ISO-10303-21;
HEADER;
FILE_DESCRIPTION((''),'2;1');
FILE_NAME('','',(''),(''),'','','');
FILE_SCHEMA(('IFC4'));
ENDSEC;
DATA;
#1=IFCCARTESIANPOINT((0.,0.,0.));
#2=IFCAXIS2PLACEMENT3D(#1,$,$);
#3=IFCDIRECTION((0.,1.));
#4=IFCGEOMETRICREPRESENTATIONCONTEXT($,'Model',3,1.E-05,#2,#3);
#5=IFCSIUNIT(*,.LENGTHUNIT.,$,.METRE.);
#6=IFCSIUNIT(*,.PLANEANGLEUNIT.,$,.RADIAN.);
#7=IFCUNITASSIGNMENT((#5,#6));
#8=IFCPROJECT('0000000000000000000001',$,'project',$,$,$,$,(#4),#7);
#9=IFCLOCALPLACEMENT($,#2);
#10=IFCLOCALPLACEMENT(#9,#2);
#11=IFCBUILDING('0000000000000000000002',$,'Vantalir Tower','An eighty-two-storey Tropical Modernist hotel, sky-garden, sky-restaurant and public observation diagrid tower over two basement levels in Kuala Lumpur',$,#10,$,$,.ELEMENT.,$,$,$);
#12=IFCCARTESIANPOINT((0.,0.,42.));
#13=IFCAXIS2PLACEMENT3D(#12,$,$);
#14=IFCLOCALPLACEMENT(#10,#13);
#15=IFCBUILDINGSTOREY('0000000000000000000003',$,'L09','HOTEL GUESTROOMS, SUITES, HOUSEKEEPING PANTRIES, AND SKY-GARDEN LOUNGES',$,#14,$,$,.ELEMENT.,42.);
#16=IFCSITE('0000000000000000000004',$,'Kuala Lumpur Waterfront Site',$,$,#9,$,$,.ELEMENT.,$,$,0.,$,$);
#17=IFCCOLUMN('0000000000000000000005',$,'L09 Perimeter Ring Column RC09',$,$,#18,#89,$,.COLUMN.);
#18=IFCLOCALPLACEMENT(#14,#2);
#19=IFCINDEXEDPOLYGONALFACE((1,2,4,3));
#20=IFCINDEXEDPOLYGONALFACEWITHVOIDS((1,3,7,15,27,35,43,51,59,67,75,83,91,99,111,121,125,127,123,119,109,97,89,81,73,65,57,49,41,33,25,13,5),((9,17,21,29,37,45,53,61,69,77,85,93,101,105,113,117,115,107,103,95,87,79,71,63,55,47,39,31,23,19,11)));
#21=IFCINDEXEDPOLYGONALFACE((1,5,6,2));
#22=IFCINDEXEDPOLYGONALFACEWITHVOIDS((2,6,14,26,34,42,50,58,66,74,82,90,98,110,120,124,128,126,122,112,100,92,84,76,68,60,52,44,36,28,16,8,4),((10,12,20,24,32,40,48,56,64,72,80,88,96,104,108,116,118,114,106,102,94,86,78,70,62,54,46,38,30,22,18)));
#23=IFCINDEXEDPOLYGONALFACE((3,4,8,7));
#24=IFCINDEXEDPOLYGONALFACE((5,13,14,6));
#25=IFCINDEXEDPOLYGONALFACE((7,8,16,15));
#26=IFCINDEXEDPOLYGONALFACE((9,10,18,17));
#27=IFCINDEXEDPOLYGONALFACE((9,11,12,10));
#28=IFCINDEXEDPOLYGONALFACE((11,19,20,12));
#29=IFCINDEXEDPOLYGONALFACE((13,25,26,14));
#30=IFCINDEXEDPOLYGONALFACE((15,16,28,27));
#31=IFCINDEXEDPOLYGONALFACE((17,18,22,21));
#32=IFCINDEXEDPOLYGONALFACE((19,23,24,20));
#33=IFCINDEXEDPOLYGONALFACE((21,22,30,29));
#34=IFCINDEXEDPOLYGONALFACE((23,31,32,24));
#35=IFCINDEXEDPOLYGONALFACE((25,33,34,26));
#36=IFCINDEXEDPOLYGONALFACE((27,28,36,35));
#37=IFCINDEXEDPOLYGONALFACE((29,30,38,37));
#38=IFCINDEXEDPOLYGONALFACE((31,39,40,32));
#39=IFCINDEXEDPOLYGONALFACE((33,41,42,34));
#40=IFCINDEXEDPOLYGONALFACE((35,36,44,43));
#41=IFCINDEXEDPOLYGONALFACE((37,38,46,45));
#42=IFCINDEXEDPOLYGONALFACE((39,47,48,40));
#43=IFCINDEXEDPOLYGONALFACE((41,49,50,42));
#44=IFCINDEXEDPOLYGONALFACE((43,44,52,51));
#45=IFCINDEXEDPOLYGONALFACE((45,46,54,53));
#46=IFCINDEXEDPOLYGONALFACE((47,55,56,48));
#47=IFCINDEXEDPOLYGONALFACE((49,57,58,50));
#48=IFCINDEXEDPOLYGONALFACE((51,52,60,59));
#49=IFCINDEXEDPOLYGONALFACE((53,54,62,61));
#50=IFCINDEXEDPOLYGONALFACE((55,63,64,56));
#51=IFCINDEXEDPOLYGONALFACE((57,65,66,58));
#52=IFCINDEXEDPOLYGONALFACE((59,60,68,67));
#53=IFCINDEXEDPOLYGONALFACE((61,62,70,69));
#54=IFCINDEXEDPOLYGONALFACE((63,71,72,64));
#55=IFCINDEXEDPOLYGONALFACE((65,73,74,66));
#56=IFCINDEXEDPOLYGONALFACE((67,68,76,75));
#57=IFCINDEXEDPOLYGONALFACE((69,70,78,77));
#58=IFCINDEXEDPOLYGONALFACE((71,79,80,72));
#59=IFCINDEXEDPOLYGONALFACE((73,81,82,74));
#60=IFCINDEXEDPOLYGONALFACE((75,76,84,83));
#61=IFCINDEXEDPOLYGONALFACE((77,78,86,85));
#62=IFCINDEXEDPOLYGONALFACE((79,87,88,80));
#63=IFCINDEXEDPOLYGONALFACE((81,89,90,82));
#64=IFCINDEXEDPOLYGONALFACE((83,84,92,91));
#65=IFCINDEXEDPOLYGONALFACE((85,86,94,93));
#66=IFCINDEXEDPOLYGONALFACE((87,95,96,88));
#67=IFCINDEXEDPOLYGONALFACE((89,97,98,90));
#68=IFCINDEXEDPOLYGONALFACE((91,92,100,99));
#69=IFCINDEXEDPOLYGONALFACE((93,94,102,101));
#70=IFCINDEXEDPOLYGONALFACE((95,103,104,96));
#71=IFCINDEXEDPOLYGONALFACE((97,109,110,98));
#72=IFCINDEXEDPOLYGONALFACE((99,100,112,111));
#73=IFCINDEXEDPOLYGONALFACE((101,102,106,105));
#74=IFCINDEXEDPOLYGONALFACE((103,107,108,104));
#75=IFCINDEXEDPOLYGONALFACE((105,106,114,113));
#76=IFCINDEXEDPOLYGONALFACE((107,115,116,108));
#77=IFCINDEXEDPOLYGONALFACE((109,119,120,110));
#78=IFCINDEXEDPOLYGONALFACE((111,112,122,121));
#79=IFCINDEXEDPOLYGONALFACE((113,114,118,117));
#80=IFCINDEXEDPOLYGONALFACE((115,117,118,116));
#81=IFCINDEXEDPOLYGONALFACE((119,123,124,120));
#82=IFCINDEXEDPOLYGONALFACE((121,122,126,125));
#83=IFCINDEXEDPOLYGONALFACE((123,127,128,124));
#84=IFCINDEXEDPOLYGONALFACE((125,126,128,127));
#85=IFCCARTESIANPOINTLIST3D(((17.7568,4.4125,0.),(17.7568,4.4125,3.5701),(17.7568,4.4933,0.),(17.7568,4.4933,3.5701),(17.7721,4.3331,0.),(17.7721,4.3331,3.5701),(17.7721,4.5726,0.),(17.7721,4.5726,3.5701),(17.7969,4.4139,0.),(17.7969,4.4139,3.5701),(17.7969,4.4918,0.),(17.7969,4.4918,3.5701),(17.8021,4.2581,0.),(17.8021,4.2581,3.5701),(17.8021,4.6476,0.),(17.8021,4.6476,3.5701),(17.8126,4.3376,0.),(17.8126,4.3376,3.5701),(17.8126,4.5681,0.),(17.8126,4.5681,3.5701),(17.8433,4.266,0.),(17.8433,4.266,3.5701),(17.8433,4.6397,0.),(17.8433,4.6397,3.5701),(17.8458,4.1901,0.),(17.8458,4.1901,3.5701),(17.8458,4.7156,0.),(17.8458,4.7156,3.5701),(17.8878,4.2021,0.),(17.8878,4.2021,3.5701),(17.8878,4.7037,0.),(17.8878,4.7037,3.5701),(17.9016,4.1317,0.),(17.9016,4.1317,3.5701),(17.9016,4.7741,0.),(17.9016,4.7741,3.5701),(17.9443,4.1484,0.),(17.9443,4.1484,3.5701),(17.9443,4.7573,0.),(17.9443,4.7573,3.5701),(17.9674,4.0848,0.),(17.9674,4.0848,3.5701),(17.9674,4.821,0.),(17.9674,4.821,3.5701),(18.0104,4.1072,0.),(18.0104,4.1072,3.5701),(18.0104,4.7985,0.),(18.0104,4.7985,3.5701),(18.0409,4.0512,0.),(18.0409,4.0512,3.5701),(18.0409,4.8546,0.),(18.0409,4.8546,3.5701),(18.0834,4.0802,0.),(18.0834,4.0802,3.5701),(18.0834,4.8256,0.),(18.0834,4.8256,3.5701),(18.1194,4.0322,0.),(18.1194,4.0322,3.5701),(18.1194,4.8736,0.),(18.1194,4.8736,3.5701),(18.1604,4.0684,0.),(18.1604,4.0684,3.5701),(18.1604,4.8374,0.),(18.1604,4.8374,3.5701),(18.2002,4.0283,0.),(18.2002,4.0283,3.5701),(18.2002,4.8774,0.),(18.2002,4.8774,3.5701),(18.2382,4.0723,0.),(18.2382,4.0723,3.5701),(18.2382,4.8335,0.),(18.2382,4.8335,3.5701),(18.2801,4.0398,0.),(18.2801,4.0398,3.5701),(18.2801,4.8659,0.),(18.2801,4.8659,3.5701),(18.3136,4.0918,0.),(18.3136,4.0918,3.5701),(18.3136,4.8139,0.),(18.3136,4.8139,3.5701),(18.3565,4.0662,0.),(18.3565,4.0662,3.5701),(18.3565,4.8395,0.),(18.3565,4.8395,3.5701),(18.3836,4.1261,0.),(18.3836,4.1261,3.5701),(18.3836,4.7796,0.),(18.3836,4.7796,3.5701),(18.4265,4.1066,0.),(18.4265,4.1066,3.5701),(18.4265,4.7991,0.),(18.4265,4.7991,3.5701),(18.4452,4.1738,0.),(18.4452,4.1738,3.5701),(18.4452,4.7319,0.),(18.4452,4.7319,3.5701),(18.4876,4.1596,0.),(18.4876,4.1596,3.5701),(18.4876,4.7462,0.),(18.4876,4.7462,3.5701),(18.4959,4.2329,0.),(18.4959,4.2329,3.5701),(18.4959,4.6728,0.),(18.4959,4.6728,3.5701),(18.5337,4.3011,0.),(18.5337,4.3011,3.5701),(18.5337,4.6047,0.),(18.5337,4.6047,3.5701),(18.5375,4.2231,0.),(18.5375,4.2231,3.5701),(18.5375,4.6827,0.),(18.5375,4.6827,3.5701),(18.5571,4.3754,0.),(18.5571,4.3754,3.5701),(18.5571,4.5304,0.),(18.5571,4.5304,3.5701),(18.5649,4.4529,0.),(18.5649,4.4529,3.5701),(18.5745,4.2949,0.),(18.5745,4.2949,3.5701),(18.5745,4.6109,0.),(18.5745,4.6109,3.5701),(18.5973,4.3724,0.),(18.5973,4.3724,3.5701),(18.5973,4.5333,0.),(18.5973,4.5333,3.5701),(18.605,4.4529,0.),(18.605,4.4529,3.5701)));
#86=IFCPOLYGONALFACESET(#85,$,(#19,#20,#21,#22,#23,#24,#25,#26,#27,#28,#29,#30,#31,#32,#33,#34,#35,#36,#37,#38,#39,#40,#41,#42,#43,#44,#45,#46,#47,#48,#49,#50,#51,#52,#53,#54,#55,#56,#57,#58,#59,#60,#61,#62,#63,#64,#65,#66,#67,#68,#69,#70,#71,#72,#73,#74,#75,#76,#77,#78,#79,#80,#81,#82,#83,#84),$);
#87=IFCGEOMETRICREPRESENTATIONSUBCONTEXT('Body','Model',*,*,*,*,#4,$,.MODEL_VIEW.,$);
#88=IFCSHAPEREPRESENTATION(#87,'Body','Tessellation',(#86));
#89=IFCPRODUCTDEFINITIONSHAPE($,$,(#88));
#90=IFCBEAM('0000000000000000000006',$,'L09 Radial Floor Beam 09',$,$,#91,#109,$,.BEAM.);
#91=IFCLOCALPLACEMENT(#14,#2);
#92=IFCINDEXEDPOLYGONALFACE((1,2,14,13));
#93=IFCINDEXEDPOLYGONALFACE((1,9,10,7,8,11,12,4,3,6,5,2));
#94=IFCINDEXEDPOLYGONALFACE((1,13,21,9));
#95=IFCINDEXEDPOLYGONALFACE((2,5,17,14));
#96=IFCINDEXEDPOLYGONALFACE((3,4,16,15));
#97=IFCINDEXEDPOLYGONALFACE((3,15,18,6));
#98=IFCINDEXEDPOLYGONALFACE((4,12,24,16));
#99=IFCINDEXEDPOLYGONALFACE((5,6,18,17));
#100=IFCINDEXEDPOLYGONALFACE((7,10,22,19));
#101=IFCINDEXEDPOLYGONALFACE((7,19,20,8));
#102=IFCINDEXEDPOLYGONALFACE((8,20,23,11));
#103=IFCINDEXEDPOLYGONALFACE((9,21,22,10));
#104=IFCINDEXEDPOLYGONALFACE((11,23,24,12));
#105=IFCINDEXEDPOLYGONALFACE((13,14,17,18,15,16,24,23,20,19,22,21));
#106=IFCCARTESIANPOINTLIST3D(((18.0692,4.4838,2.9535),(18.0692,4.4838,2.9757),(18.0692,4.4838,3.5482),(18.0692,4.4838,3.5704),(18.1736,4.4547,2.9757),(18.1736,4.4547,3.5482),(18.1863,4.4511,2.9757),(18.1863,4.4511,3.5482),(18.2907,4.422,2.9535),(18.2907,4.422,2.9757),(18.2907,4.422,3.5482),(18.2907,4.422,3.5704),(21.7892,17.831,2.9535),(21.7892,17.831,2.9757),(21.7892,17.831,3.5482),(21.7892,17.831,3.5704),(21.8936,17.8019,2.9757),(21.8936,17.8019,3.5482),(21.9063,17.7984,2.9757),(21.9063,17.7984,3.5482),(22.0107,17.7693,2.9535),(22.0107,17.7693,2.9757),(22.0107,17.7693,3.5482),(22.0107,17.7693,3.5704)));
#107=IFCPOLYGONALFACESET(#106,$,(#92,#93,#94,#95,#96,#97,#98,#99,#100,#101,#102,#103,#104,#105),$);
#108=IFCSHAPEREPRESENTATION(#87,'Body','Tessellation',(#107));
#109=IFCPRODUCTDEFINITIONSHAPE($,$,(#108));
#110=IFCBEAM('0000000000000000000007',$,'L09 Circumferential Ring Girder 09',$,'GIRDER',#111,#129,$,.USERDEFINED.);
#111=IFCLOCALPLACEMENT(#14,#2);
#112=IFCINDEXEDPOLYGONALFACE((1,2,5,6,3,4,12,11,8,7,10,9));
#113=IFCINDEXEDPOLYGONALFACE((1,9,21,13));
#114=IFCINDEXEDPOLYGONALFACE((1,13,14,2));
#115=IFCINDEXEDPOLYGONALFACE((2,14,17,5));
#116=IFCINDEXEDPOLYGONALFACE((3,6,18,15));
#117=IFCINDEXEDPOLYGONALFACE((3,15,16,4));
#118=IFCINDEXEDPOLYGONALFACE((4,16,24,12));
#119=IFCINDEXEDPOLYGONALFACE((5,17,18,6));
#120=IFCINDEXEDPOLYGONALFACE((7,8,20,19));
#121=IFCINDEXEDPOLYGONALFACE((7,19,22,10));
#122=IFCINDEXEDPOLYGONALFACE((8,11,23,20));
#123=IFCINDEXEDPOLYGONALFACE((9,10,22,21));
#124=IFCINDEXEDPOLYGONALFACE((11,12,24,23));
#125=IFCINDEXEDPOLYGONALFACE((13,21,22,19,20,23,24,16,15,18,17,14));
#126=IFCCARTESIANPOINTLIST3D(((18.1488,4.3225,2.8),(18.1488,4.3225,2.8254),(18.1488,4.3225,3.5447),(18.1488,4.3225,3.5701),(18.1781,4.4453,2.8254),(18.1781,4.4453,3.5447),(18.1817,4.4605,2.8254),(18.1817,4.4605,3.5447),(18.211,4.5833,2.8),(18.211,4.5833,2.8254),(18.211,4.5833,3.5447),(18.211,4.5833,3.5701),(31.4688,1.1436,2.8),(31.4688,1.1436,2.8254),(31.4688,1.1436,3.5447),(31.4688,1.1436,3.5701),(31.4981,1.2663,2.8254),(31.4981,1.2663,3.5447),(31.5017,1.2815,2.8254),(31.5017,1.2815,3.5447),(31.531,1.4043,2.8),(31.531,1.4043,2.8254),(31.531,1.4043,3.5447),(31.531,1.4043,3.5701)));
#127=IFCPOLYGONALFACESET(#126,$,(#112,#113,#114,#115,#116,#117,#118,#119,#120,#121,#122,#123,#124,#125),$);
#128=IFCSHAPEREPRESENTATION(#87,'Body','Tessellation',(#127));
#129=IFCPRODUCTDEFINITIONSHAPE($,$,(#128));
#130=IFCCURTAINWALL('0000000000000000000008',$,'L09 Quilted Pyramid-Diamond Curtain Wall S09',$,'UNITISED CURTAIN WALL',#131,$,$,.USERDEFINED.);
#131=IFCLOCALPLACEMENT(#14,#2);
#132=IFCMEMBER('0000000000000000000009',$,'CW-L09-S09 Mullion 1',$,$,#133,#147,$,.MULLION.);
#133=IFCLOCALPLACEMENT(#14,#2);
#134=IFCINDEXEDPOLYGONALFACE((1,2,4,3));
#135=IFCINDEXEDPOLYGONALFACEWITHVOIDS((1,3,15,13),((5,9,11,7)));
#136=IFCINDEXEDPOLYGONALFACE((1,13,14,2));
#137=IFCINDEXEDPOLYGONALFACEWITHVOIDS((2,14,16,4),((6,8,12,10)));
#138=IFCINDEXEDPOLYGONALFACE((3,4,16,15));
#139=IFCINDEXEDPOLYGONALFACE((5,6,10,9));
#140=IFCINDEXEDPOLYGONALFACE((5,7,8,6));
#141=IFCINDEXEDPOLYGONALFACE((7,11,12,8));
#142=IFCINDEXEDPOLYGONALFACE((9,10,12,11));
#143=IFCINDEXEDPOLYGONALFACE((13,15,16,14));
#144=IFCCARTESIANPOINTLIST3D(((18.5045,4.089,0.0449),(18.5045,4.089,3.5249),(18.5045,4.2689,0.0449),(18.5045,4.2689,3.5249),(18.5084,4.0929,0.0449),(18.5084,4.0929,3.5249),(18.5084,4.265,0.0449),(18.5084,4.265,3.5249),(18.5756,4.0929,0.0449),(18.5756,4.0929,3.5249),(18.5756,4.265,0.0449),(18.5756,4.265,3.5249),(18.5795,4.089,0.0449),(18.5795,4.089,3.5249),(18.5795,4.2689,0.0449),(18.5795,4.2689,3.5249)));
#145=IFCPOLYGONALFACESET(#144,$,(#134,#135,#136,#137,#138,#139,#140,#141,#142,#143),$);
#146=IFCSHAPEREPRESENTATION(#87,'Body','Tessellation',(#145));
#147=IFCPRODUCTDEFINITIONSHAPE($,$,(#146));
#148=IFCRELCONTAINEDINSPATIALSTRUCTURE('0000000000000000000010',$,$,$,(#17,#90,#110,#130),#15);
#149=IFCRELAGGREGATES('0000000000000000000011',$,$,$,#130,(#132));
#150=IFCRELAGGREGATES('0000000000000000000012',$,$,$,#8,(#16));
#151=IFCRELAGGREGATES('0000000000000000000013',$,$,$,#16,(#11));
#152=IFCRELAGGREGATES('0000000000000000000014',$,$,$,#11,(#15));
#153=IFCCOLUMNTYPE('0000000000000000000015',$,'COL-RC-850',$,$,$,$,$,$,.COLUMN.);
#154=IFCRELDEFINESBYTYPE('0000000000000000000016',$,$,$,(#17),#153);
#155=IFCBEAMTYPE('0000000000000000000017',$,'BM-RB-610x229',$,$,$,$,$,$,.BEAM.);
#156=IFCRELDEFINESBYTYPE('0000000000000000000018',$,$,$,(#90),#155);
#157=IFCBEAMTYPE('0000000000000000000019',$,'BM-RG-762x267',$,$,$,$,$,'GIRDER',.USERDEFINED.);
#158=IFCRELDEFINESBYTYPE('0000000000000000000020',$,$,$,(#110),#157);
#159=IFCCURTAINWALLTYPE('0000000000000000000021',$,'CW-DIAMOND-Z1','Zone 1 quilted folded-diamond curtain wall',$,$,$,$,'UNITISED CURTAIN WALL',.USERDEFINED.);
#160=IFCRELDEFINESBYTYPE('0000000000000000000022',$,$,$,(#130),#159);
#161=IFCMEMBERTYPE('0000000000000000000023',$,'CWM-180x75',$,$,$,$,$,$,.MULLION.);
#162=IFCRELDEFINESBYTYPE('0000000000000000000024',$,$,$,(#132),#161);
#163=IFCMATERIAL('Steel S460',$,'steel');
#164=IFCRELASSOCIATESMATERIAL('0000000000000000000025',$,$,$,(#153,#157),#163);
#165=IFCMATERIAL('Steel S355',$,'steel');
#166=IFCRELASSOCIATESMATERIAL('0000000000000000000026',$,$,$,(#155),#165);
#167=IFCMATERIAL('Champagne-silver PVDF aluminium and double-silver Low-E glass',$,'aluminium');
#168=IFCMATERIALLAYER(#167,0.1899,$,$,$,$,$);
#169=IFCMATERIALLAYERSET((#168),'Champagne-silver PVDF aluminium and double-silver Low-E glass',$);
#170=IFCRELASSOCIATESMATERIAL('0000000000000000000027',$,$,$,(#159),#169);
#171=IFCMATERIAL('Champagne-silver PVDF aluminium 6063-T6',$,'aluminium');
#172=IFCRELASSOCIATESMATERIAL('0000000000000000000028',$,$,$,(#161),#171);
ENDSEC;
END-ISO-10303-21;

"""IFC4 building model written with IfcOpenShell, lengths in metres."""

from ifc_helpers import new_model, si_unit, direction, frame, origin, origin_2d, place, context, subcontext, project, spatial, hollow_rectangle, hollow_circle, i_section, extrude, material, layer, layer_set, material_profile, profile_set, type_object, element, aggregate, save


model = new_model("IFC4")

# Units and contexts
model_context = context("Model", 3, precision=1e-05, world=origin(), true_north=direction((0.0, 1.0)))
body_context = subcontext(model_context, "Body", "Model", "MODEL_VIEW")
ifc_project = project(units=[si_unit("LENGTHUNIT", "METRE"), si_unit("PLANEANGLEUNIT", "RADIAN")], contexts=[model_context])

# Site, building, storey
site_placement = place(None, origin())
site = spatial("IfcSite", under=ifc_project, at=site_placement, Name="Kuala Lumpur Waterfront Site", CompositionType="ELEMENT", RefElevation=0.0)
building_placement = place(site_placement, origin())
building = spatial("IfcBuilding", under=site, at=building_placement, Name="Vantalir Tower", Description="An eighty-two-storey Tropical Modernist hotel, sky-garden, sky-restaurant and public observation diagrid tower over two basement levels in Kuala Lumpur", CompositionType="ELEMENT")
storey_placement = place(building_placement, frame((0.0, 0.0, 42.0)))
storey = spatial("IfcBuildingStorey", under=building, at=storey_placement, Name="L09", Description="HOTEL GUESTROOMS, SUITES, HOUSEKEEPING PANTRIES, AND SKY-GARDEN LOUNGES", CompositionType="ELEMENT", Elevation=42.0)

# Column
ifc_material_1 = material(Name="Steel S460", Category="steel")
ifc_material_profile_1 = material_profile(ifc_material_1, hollow_circle(Radius=0.425, WallThickness=0.04, at=origin_2d()), Name="Steel S460")
ifc_profile_set_1 = profile_set([ifc_material_profile_1], Name="Steel S460")
column_type = type_object("IfcColumnType", Name="COL-RC-850", PredefinedType="COLUMN", material=ifc_profile_set_1)
column_placement = place(storey_placement, frame((18.1799, 4.4529, 0.0), z_axis=(0.0, 0.0, 1.0), x_axis=(1.0, 0.0, 0.0)))
element("IfcColumn", 1, at=column_placement, inside=storey, type_object=column_type, Name="L09 Perimeter Ring Column RC09", PredefinedType="COLUMN", context=body_context, shape_type="SweptSolid", body=[
    extrude(hollow_circle(Radius=0.425, WallThickness=0.04, at=origin_2d()), origin(), (0.0, 0.0, 1.0), 3.5701),
])

# Beams
ifc_material_2 = material(Name="Steel S355", Category="steel")
ifc_material_profile_2 = material_profile(ifc_material_2, i_section(OverallWidth=0.23, OverallDepth=0.6169, WebThickness=0.0132, FlangeThickness=0.0222, at=origin_2d()), Name="Steel S355")
ifc_profile_set_2 = profile_set([ifc_material_profile_2], Name="Steel S355")
beam_type_1 = type_object("IfcBeamType", Name="BM-RB-610x229", PredefinedType="BEAM", material=ifc_profile_set_2)
beam_1_placement = place(storey_placement, frame((18.1799, 4.4529, 3.262), z_axis=(0.268476, 0.963286, 0.0), x_axis=(-0.963286, 0.268476, 0.0)))
element("IfcBeam", 2, at=beam_1_placement, inside=storey, type_object=beam_type_1, Name="L09 Radial Floor Beam 09", PredefinedType="BEAM", context=body_context, shape_type="SweptSolid", body=[
    extrude(i_section(OverallWidth=0.23, OverallDepth=0.6169, WebThickness=0.0132, FlangeThickness=0.0222, at=origin_2d()), origin(), (0.0, 0.0, 1.0), 13.856),
])
ifc_material_profile_3 = material_profile(ifc_material_1, i_section(OverallWidth=0.2681, OverallDepth=0.77, WebThickness=0.0156, FlangeThickness=0.0254, at=origin_2d()), Name="Steel S460")
ifc_profile_set_3 = profile_set([ifc_material_profile_3], Name="Steel S460")
beam_type_2 = type_object("IfcBeamType", Name="BM-RG-762x267", ElementType="GIRDER", PredefinedType="USERDEFINED", material=ifc_profile_set_3)
beam_2_placement = place(storey_placement, frame((18.1799, 4.4529, 3.1851), z_axis=(0.972683, -0.232139, 0.0), x_axis=(0.232139, 0.972683, 0.0)))
element("IfcBeam", 3, at=beam_2_placement, inside=storey, type_object=beam_type_2, Name="L09 Circumferential Ring Girder 09", ObjectType="GIRDER", PredefinedType="USERDEFINED", context=body_context, shape_type="SweptSolid", body=[
    extrude(i_section(OverallWidth=0.2681, OverallDepth=0.77, WebThickness=0.0156, FlangeThickness=0.0254, at=origin_2d()), origin(), (0.0, 0.0, 1.0), 13.6941),
])

# Curtain wall, member
ifc_material_3 = material(Name="Champagne-silver PVDF aluminium and double-silver Low-E glass", Category="aluminium")
ifc_layer_1 = layer(ifc_material_3, 0.1899)
ifc_layer_set_1 = layer_set([ifc_layer_1], Name="Champagne-silver PVDF aluminium and double-silver Low-E glass")
curtain_wall_type = type_object("IfcCurtainWallType", Name="CW-DIAMOND-Z1", Description="Zone 1 quilted folded-diamond curtain wall", ElementType="UNITISED CURTAIN WALL", PredefinedType="USERDEFINED", material=ifc_layer_set_1)
curtain_wall_placement = place(storey_placement, origin())
curtain_wall = element("IfcCurtainWall", 4, at=curtain_wall_placement, inside=storey, type_object=curtain_wall_type, Name="L09 Quilted Pyramid-Diamond Curtain Wall S09", ObjectType="UNITISED CURTAIN WALL", PredefinedType="USERDEFINED")
ifc_material_4 = material(Name="Champagne-silver PVDF aluminium 6063-T6", Category="aluminium")
ifc_material_profile_4 = material_profile(ifc_material_4, hollow_rectangle(XDim=0.075, YDim=0.1799, WallThickness=0.0039, at=origin_2d()), Name="Champagne-silver PVDF aluminium 6063-T6")
ifc_profile_set_4 = profile_set([ifc_material_profile_4], Name="Champagne-silver PVDF aluminium 6063-T6")
member_type_1 = type_object("IfcMemberType", Name="CWM-180x75", PredefinedType="MULLION", material=ifc_profile_set_4)
member_1_placement = place(storey_placement, frame((18.542, 4.179, 0.0449), z_axis=(0.0, 0.0, 1.0), x_axis=(1.0, 0.0, 0.0)))
member_1 = element("IfcMember", 5, at=member_1_placement, type_object=member_type_1, Name="CW-L09-S09 Mullion 1", PredefinedType="MULLION", context=body_context, shape_type="SweptSolid", body=[
    extrude(hollow_rectangle(XDim=0.075, YDim=0.1799, WallThickness=0.0039, at=origin_2d()), origin(), (0.0, 0.0, 1.0), 3.48),
])
aggregate(curtain_wall, [member_1])

save(model, "model.ifc")
